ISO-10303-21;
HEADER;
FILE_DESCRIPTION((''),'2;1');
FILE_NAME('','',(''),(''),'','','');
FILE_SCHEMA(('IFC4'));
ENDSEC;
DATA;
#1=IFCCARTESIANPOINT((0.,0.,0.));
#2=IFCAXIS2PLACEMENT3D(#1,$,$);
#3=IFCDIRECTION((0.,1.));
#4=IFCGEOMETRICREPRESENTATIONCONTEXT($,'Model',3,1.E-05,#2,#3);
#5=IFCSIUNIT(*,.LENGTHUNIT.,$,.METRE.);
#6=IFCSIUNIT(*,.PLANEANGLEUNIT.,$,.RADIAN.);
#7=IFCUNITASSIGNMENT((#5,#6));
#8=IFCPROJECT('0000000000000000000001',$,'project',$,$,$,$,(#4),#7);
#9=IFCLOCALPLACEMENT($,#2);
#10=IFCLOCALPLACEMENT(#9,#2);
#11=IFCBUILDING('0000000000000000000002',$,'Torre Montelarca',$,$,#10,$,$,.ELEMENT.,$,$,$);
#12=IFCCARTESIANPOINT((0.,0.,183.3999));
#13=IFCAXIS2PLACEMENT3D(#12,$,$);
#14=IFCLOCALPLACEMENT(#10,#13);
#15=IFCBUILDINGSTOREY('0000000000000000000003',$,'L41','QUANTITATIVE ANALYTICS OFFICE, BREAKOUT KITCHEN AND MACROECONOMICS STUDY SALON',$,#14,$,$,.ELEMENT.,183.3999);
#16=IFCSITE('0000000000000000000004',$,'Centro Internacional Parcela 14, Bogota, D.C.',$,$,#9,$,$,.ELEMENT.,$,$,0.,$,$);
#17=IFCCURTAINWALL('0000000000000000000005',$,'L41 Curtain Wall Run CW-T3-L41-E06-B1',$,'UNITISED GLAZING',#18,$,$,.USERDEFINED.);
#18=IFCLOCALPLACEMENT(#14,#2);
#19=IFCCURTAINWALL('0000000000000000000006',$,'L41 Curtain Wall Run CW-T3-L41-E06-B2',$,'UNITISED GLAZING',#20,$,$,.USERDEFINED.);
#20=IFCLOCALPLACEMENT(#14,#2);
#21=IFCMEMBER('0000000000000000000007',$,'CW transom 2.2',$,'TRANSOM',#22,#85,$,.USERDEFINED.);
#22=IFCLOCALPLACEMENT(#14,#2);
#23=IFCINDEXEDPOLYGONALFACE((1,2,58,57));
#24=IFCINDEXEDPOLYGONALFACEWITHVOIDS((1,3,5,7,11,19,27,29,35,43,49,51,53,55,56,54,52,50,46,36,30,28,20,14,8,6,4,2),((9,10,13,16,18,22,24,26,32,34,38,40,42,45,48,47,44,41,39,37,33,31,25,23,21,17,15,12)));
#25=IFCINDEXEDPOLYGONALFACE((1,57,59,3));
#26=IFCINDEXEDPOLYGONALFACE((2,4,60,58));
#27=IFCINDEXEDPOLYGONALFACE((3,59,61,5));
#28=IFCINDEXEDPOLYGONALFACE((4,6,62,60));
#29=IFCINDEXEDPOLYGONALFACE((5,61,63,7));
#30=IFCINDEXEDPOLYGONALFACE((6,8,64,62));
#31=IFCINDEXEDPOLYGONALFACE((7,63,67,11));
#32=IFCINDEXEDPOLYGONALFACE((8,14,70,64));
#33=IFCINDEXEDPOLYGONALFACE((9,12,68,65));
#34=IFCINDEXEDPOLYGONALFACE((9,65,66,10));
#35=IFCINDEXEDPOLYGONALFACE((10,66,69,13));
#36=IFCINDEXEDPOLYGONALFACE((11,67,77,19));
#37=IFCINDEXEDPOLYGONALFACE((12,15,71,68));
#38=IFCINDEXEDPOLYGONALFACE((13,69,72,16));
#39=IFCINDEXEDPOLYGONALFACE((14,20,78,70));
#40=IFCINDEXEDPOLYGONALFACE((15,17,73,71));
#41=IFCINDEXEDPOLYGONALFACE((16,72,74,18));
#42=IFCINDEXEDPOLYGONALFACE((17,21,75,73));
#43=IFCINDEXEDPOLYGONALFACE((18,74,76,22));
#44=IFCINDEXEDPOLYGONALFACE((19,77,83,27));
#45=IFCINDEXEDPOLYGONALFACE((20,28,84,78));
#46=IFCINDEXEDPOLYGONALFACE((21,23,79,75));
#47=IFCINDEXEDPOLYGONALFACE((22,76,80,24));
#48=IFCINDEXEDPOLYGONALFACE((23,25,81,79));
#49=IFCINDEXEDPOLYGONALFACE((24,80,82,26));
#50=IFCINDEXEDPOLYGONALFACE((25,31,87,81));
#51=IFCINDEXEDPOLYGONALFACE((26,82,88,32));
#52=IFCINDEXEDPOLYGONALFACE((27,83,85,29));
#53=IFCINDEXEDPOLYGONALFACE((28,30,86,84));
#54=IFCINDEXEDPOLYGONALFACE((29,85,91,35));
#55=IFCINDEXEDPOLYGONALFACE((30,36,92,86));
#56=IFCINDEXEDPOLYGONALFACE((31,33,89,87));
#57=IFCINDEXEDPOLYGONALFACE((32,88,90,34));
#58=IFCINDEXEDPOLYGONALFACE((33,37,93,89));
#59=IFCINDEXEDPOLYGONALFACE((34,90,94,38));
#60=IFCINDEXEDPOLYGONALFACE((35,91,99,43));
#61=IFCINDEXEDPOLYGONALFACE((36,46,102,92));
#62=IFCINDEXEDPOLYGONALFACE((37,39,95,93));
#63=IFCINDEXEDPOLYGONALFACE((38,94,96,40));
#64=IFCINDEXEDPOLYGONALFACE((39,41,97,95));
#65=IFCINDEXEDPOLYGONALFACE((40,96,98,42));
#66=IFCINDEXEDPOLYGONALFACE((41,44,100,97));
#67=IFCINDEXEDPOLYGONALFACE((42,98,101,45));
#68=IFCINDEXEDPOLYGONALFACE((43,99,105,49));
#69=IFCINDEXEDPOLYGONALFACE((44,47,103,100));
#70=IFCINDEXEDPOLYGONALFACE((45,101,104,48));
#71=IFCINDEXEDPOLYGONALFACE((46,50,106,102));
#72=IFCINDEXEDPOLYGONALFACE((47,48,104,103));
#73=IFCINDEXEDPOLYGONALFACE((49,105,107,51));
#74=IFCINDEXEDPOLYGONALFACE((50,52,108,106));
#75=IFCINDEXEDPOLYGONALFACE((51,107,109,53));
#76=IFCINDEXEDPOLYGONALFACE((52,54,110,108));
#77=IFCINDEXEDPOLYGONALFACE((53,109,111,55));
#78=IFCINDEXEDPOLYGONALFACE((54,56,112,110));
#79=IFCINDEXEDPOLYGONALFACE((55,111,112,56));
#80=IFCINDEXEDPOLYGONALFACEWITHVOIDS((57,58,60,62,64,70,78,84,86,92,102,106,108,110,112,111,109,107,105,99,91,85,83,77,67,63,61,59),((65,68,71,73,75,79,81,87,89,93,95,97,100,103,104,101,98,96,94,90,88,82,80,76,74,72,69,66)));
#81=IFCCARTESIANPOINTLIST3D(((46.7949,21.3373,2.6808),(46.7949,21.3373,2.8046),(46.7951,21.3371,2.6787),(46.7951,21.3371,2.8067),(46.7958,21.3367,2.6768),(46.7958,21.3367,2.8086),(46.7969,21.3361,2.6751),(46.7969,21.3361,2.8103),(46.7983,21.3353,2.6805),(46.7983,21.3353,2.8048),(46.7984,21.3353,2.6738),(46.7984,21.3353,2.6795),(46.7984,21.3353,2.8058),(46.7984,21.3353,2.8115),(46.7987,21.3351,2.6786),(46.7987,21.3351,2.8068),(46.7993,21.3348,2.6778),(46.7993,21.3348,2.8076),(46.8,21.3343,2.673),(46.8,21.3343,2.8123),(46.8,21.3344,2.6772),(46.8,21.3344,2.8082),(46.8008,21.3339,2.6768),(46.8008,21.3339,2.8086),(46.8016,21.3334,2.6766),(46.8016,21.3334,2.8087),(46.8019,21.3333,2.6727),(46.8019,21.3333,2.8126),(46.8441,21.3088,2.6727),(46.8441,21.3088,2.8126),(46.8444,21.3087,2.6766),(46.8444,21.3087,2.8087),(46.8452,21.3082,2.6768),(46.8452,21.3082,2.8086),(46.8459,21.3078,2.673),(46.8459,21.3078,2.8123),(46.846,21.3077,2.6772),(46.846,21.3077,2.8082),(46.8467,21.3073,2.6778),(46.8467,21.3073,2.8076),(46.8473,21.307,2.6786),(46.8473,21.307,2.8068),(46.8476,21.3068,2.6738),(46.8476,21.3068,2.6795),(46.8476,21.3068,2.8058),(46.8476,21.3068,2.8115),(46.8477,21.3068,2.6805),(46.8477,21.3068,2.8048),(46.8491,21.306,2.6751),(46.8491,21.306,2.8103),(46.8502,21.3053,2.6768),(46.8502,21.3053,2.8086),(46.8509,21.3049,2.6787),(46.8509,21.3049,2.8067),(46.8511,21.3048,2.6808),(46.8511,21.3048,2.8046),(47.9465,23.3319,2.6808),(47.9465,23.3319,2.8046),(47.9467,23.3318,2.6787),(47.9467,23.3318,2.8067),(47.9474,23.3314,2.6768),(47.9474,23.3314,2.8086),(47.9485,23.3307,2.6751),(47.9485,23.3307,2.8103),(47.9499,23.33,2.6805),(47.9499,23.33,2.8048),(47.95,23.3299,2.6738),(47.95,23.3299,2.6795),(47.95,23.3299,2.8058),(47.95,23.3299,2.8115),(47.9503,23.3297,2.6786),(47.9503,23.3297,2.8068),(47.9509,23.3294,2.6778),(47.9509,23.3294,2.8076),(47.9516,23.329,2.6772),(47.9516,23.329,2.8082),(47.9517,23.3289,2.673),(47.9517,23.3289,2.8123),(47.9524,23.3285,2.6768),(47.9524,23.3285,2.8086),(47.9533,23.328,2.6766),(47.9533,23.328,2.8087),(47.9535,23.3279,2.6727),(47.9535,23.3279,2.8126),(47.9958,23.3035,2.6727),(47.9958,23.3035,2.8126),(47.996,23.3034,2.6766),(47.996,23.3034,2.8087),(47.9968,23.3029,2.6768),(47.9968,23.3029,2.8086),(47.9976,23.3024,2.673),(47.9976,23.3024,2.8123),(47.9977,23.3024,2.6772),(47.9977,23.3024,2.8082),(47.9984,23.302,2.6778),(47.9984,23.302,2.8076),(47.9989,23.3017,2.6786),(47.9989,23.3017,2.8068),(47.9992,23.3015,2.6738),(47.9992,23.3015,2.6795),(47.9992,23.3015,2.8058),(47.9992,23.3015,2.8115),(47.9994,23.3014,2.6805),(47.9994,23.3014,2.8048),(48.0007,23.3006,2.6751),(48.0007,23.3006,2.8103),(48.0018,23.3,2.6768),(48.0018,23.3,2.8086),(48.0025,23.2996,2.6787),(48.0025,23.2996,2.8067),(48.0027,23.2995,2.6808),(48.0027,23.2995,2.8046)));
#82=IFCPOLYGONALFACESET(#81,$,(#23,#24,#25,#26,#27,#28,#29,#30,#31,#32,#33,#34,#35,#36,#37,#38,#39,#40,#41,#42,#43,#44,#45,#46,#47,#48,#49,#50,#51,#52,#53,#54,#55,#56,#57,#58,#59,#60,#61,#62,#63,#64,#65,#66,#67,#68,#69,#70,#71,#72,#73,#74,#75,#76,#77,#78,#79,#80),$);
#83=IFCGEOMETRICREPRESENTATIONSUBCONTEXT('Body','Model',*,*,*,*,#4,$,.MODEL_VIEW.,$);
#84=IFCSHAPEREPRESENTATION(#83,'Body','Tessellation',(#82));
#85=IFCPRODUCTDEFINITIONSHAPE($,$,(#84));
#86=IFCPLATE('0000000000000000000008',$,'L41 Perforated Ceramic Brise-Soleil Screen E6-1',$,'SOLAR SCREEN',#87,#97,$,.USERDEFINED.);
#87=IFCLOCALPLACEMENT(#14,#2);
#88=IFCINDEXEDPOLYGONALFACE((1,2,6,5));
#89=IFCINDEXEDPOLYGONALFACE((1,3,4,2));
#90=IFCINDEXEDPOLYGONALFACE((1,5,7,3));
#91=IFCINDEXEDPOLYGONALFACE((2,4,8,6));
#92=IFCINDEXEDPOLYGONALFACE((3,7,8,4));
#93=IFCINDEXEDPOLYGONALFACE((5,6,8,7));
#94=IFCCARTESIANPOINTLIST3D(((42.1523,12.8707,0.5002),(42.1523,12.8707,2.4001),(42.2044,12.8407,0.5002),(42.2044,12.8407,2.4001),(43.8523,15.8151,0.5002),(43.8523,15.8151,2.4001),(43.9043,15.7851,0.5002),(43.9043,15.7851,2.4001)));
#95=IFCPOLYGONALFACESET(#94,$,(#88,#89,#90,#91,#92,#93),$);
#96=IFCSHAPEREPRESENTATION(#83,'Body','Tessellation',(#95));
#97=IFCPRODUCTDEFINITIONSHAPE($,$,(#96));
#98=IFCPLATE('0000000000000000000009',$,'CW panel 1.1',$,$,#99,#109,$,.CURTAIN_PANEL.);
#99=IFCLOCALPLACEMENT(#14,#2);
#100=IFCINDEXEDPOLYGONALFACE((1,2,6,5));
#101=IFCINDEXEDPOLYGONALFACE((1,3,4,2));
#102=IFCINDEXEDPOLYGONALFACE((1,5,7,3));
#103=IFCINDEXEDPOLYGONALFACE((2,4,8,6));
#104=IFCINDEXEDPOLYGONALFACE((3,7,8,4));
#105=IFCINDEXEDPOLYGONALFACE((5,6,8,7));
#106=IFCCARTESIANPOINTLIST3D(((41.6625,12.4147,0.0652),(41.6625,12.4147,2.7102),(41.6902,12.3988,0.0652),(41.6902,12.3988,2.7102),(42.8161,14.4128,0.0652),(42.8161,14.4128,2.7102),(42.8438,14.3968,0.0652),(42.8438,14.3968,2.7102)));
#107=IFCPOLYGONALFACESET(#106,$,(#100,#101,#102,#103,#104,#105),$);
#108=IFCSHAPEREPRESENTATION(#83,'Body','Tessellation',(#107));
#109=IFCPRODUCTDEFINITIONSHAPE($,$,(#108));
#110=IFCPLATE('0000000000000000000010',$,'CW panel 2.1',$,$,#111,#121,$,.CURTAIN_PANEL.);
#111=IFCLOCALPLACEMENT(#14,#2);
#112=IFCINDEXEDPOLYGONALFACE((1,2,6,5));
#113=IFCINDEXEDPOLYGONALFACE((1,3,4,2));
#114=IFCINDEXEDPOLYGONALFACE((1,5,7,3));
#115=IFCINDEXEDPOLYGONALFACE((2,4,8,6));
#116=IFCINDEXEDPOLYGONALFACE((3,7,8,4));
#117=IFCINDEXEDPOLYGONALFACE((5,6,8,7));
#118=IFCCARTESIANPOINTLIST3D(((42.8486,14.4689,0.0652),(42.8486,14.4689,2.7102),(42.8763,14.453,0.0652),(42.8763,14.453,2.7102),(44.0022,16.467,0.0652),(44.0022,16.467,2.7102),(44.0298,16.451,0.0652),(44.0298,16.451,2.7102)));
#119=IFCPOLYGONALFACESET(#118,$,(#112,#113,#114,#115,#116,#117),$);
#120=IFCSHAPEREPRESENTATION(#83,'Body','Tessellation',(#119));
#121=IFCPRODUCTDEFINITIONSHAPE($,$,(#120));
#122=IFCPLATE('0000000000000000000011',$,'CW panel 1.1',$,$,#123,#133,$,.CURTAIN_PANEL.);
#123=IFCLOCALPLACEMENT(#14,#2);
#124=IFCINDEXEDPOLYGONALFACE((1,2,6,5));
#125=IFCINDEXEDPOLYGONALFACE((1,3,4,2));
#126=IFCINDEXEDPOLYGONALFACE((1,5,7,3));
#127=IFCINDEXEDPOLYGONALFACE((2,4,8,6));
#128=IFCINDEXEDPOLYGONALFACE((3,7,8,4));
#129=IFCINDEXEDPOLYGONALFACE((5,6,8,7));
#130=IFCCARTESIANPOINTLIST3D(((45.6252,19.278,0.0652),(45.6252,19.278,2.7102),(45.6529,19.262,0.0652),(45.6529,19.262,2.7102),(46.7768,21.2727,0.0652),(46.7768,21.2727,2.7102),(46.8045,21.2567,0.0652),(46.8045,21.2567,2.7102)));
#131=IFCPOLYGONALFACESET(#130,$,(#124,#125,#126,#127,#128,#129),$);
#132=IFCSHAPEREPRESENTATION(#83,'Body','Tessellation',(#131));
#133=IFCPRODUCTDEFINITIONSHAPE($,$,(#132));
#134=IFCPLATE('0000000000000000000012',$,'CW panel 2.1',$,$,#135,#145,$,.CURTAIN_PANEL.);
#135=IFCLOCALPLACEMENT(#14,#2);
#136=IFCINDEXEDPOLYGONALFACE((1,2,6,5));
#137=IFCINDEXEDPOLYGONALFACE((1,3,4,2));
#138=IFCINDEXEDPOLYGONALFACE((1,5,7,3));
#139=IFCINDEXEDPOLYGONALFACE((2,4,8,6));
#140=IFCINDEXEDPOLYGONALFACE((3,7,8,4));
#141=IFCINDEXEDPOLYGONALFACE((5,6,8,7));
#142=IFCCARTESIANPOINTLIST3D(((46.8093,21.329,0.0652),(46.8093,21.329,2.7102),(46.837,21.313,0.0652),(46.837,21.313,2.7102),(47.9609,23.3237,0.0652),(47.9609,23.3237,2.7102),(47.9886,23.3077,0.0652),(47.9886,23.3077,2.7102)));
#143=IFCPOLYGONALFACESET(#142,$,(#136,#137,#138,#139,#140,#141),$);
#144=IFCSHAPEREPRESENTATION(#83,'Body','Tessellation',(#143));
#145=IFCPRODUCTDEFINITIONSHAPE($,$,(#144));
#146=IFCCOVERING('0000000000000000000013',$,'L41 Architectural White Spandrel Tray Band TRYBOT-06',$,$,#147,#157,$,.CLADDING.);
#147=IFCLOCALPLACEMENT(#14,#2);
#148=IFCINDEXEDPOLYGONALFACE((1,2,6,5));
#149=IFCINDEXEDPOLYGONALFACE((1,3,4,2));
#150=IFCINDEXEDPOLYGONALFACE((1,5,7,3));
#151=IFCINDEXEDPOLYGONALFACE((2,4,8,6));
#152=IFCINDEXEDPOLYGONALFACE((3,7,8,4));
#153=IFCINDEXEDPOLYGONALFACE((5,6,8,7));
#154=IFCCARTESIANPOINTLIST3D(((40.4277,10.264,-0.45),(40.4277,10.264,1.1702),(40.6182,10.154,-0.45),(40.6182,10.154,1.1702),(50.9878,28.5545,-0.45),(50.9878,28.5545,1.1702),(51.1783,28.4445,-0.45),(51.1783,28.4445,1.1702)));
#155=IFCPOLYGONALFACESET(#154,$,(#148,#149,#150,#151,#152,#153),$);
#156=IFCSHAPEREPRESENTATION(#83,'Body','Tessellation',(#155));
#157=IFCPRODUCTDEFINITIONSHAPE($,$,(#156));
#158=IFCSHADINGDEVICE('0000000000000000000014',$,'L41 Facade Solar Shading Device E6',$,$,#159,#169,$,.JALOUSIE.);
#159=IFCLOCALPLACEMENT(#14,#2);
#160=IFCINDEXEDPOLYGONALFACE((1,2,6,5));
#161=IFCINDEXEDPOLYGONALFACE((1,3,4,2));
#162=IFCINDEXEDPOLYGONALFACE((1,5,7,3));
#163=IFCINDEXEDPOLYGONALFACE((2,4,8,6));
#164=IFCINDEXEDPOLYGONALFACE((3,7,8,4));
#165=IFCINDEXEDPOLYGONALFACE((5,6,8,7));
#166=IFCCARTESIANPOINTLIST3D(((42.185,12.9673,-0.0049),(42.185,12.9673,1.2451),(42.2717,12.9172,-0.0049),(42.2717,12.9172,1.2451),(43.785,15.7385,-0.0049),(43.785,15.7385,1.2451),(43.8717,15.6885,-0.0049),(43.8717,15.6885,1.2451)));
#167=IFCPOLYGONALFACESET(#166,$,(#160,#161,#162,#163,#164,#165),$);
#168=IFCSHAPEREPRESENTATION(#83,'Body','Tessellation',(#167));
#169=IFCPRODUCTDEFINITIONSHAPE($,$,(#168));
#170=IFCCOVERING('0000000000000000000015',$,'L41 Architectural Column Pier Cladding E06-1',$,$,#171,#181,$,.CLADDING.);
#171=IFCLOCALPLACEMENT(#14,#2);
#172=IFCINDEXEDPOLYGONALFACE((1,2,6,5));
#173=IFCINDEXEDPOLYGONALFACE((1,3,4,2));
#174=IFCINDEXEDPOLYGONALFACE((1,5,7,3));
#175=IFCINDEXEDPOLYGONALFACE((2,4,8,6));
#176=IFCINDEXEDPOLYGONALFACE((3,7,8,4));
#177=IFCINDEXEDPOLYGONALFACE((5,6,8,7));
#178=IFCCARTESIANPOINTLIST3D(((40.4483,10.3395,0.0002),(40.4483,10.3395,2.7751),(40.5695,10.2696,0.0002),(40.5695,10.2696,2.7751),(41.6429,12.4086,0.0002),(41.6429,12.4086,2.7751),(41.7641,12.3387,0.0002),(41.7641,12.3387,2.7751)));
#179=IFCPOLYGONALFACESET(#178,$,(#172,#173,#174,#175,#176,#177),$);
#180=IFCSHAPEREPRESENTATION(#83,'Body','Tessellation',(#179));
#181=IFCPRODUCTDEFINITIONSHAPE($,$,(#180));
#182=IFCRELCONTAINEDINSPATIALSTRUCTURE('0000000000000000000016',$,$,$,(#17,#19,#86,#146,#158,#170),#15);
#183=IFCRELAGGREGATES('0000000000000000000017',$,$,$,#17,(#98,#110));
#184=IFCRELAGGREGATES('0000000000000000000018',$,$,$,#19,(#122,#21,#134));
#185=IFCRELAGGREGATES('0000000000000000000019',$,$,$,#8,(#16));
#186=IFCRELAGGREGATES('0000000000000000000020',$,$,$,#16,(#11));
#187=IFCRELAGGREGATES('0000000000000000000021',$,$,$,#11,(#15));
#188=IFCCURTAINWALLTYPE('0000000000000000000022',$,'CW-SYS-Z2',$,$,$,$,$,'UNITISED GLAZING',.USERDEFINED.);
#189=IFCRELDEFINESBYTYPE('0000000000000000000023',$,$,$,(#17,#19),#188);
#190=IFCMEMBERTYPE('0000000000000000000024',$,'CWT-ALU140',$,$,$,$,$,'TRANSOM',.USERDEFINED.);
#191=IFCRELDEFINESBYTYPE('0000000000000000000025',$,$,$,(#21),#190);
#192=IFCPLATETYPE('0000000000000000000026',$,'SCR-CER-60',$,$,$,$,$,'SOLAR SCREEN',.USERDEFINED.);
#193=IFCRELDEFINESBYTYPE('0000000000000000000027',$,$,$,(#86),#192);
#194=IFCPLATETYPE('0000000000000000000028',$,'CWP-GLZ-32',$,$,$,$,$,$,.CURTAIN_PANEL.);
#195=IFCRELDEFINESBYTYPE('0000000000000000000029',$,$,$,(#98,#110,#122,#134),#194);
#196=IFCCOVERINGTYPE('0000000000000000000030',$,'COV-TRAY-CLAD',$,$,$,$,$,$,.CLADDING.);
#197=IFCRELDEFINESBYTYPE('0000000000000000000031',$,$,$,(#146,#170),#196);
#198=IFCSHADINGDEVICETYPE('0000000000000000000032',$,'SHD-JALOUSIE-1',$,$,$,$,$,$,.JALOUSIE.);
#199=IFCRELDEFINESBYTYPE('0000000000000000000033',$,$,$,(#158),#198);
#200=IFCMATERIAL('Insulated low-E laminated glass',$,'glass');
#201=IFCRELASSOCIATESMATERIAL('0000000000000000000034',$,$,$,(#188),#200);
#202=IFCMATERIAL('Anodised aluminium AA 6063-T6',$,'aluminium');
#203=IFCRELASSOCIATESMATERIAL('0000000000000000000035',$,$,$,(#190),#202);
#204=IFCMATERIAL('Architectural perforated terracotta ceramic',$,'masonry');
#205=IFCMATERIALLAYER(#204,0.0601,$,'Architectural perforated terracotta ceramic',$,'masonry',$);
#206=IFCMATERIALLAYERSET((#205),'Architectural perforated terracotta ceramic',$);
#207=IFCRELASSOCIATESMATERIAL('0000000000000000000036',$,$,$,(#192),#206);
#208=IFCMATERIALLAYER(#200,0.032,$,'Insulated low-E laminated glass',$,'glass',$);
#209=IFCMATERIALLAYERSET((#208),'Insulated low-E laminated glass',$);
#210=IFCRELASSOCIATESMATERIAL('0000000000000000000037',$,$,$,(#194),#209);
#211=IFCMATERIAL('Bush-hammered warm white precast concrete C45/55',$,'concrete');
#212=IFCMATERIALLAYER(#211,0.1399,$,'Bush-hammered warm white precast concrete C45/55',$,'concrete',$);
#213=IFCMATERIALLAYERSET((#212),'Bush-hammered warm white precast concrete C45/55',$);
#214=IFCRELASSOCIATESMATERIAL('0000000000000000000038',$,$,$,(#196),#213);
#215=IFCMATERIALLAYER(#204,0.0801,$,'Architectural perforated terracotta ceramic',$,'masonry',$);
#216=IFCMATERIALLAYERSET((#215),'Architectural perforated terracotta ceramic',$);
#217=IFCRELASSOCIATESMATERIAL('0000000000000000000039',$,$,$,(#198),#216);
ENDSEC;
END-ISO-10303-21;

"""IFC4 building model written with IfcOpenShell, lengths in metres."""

from ifc_helpers import new_model, si_unit, direction, frame, origin, origin_2d, place, context, subcontext, project, spatial, rectangle, hollow_rectangle, extrude, source, transform, mapped, material, layer, layer_set, material_profile, profile_set, type_object, element, aggregate, save


model = new_model("IFC4")

# Units and contexts
model_context = context("Model", 3, precision=1e-05, world=origin(), true_north=direction((0.0, 1.0)))
body_context = subcontext(model_context, "Body", "Model", "MODEL_VIEW")
ifc_project = project(units=[si_unit("LENGTHUNIT", "METRE"), si_unit("PLANEANGLEUNIT", "RADIAN")], contexts=[model_context])

# Site, building, storey
site_placement = place(None, origin())
site = spatial("IfcSite", under=ifc_project, at=site_placement, Name="Centro Internacional Parcela 14, Bogota, D.C.", CompositionType="ELEMENT", RefElevation=0.0)
building_placement = place(site_placement, origin())
building = spatial("IfcBuilding", under=site, at=building_placement, Name="Torre Montelarca", CompositionType="ELEMENT")
storey_placement = place(building_placement, frame((0.0, 0.0, 183.3999)))
storey = spatial("IfcBuildingStorey", under=building, at=storey_placement, Name="L41", Description="QUANTITATIVE ANALYTICS OFFICE, BREAKOUT KITCHEN AND MACROECONOMICS STUDY SALON", CompositionType="ELEMENT", Elevation=183.3999)

# Curtain walls
ifc_material_1 = material(Name="Insulated low-E laminated glass", Category="glass")
curtain_wall_type = type_object("IfcCurtainWallType", Name="CW-SYS-Z2", ElementType="UNITISED GLAZING", PredefinedType="USERDEFINED", material=ifc_material_1)
curtain_wall_1_placement = place(storey_placement, origin())
curtain_wall_1 = element("IfcCurtainWall", 1, at=curtain_wall_1_placement, inside=storey, type_object=curtain_wall_type, Name="L41 Curtain Wall Run CW-T3-L41-E06-B1", ObjectType="UNITISED GLAZING", PredefinedType="USERDEFINED")
ifc_material_2 = material(Name="Anodised aluminium AA 6063-T6", Category="aluminium")
curtain_wall_2_placement = place(storey_placement, origin())
curtain_wall_2 = element("IfcCurtainWall", 2, at=curtain_wall_2_placement, inside=storey, type_object=curtain_wall_type, Name="L41 Curtain Wall Run CW-T3-L41-E06-B2", ObjectType="UNITISED GLAZING", PredefinedType="USERDEFINED")

# Member
ifc_material_profile_1 = material_profile(ifc_material_2, hollow_rectangle(XDim=0.0649, YDim=0.1399, WallThickness=0.0039, InnerFilletRadius=0.0039, OuterFilletRadius=0.0081, at=origin_2d()), Name="ALU65X140X4", Category="aluminium")
ifc_profile_set_1 = profile_set([ifc_material_profile_1], Name="Anodised aluminium AA 6063-T6")
member_type_1 = type_object("IfcMemberType", Name="CWT-ALU140", ElementType="TRANSOM", PredefinedType="USERDEFINED", material=ifc_profile_set_1)
shared_shape_1 = source(origin(), body_context, "Body", "SweptSolid", [
    extrude(hollow_rectangle(XDim=0.0649, YDim=0.1399, WallThickness=0.0039, InnerFilletRadius=0.0039, OuterFilletRadius=0.0081, at=origin_2d()), origin(), (0.0, 0.0, 1.0), 2.3032),
])
member_1_placement = place(storey_placement, frame((46.823, 21.321, 2.7427), z_axis=(0.500004, 0.866023, 0.0), x_axis=(-0.866023, 0.500004, 0.0)))
member_1 = element("IfcMember", 3, at=member_1_placement, type_object=member_type_1, Name="CW transom 2.2", ObjectType="TRANSOM", PredefinedType="USERDEFINED", context=body_context, shape_type="MappedRepresentation", body=[
    mapped(shared_shape_1, transform((0.0, 0.0, 0.0), scale=1.0)),
])

# Plates
ifc_material_3 = material(Name="Architectural perforated terracotta ceramic", Category="masonry")
ifc_layer_1 = layer(ifc_material_3, 0.0601, Name="Architectural perforated terracotta ceramic", Category="masonry")
ifc_layer_set_1 = layer_set([ifc_layer_1], Name="Architectural perforated terracotta ceramic")
plate_type_1 = type_object("IfcPlateType", Name="SCR-CER-60", ElementType="SOLAR SCREEN", PredefinedType="USERDEFINED", material=ifc_layer_set_1)
shared_shape_2 = source(origin(), body_context, "Body", "SweptSolid", [
    extrude(rectangle(XDim=3.3999, YDim=0.0601, at=origin_2d()), origin(), (0.0, 0.0, 1.0), 1.8999),
])
plate_1_placement = place(storey_placement, frame((43.0283, 14.3279, 0.5002), z_axis=(0.0, 0.0, 1.0), x_axis=(0.5, 0.866025, 0.0)))
element("IfcPlate", 4, at=plate_1_placement, inside=storey, type_object=plate_type_1, Name="L41 Perforated Ceramic Brise-Soleil Screen E6-1", ObjectType="SOLAR SCREEN", PredefinedType="USERDEFINED", context=body_context, shape_type="MappedRepresentation", body=[
    mapped(shared_shape_2, transform((0.0, 0.0, 0.0), scale=1.0)),
])
ifc_layer_2 = layer(ifc_material_1, 0.032, Name="Insulated low-E laminated glass", Category="glass")
ifc_layer_set_2 = layer_set([ifc_layer_2], Name="Insulated low-E laminated glass")
plate_type_2 = type_object("IfcPlateType", Name="CWP-GLZ-32", PredefinedType="CURTAIN_PANEL", material=ifc_layer_set_2)
shared_shape_3 = source(origin(), body_context, "Body", "SweptSolid", [
    extrude(rectangle(XDim=2.3071, YDim=0.032, at=origin_2d()), origin(), (0.0, 0.0, 1.0), 2.645),
])
plate_2_placement = place(storey_placement, frame((42.2532, 13.4058, 0.0652), z_axis=(0.0, 0.0, 1.0), x_axis=(0.500008, 0.866021, 0.0)))
plate_2 = element("IfcPlate", 5, at=plate_2_placement, type_object=plate_type_2, Name="CW panel 1.1", PredefinedType="CURTAIN_PANEL", context=body_context, shape_type="MappedRepresentation", body=[
    mapped(shared_shape_3, transform((0.0, 0.0, 0.0), scale=1.0)),
])
plate_3_placement = place(storey_placement, frame((43.4392, 15.46, 0.0652), z_axis=(0.0, 0.0, 1.0), x_axis=(0.500008, 0.866021, 0.0)))
plate_3 = element("IfcPlate", 6, at=plate_3_placement, type_object=plate_type_2, Name="CW panel 2.1", PredefinedType="CURTAIN_PANEL", context=body_context, shape_type="MappedRepresentation", body=[
    mapped(shared_shape_3, transform((0.0, 0.0, 0.0), scale=1.0)),
])
aggregate(curtain_wall_1, [plate_2, plate_3])
shared_shape_4 = source(origin(), body_context, "Body", "SweptSolid", [
    extrude(rectangle(XDim=2.3032, YDim=0.032, at=origin_2d()), origin(), (0.0, 0.0, 1.0), 2.645),
])
plate_4_placement = place(storey_placement, frame((46.2148, 20.2673, 0.0652), z_axis=(0.0, 0.0, 1.0), x_axis=(0.499994, 0.866029, 0.0)))
plate_4 = element("IfcPlate", 7, at=plate_4_placement, type_object=plate_type_2, Name="CW panel 1.1", PredefinedType="CURTAIN_PANEL", context=body_context, shape_type="MappedRepresentation", body=[
    mapped(shared_shape_4, transform((0.0, 0.0, 0.0), scale=1.0)),
])
plate_5_placement = place(storey_placement, frame((47.3989, 22.3184, 0.0652), z_axis=(0.0, 0.0, 1.0), x_axis=(0.499994, 0.866029, 0.0)))
plate_5 = element("IfcPlate", 8, at=plate_5_placement, type_object=plate_type_2, Name="CW panel 2.1", PredefinedType="CURTAIN_PANEL", context=body_context, shape_type="MappedRepresentation", body=[
    mapped(shared_shape_4, transform((0.0, 0.0, 0.0), scale=1.0)),
])
aggregate(curtain_wall_2, [plate_4, member_1, plate_5])

# Covering
ifc_material_4 = material(Name="Bush-hammered warm white precast concrete C45/55", Category="concrete")
ifc_layer_3 = layer(ifc_material_4, 0.1399, Name="Bush-hammered warm white precast concrete C45/55", Category="concrete")
ifc_layer_set_3 = layer_set([ifc_layer_3], Name="Bush-hammered warm white precast concrete C45/55")
covering_type = type_object("IfcCoveringType", Name="COV-TRAY-CLAD", PredefinedType="CLADDING", material=ifc_layer_set_3)
shared_shape_5 = source(origin(), body_context, "Body", "SweptSolid", [
    extrude(rectangle(XDim=21.1201, YDim=0.22, at=origin_2d()), origin(), (0.0, 0.0, 1.0), 1.6201),
])
covering_1_placement = place(storey_placement, frame((45.803, 19.3542, -0.45), z_axis=(0.0, 0.0, 1.0), x_axis=(0.5, 0.866025, 0.0)))
element("IfcCovering", 9, at=covering_1_placement, inside=storey, type_object=covering_type, Name="L41 Architectural White Spandrel Tray Band TRYBOT-06", PredefinedType="CLADDING", context=body_context, shape_type="MappedRepresentation", body=[
    mapped(shared_shape_5, transform((0.0, 0.0, 0.0), scale=1.0)),
])

# Shading device
ifc_layer_4 = layer(ifc_material_3, 0.0801, Name="Architectural perforated terracotta ceramic", Category="masonry")
ifc_layer_set_4 = layer_set([ifc_layer_4], Name="Architectural perforated terracotta ceramic")
shading_device_type = type_object("IfcShadingDeviceType", Name="SHD-JALOUSIE-1", PredefinedType="JALOUSIE", material=ifc_layer_set_4)
shared_shape_6 = source(origin(), body_context, "Body", "SweptSolid", [
    extrude(rectangle(XDim=3.2, YDim=0.1001, at=origin_2d()), origin(), (0.0, 0.0, 1.0), 1.25),
])
shading_device_placement = place(storey_placement, frame((43.0283, 14.3279, -0.0049), z_axis=(0.0, 0.0, 1.0), x_axis=(0.5, 0.866025, 0.0)))
element("IfcShadingDevice", 10, at=shading_device_placement, inside=storey, type_object=shading_device_type, Name="L41 Facade Solar Shading Device E6", PredefinedType="JALOUSIE", context=body_context, shape_type="MappedRepresentation", body=[
    mapped(shared_shape_6, transform((0.0, 0.0, 0.0), scale=1.0)),
])

# Covering
shared_shape_7 = source(origin(), body_context, "Body", "SweptSolid", [
    extrude(rectangle(XDim=2.3892, YDim=0.1399, at=origin_2d()), origin(), (0.0, 0.0, 1.0), 2.7749),
])
covering_2_placement = place(storey_placement, frame((41.1062, 11.3391, 0.0002), z_axis=(0.0, 0.0, 1.0), x_axis=(0.500002, 0.866025, 0.0)))
element("IfcCovering", 11, at=covering_2_placement, inside=storey, type_object=covering_type, Name="L41 Architectural Column Pier Cladding E06-1", PredefinedType="CLADDING", context=body_context, shape_type="MappedRepresentation", body=[
    mapped(shared_shape_7, transform((0.0, 0.0, 0.0), scale=1.0)),
])

save(model, "model.ifc")
